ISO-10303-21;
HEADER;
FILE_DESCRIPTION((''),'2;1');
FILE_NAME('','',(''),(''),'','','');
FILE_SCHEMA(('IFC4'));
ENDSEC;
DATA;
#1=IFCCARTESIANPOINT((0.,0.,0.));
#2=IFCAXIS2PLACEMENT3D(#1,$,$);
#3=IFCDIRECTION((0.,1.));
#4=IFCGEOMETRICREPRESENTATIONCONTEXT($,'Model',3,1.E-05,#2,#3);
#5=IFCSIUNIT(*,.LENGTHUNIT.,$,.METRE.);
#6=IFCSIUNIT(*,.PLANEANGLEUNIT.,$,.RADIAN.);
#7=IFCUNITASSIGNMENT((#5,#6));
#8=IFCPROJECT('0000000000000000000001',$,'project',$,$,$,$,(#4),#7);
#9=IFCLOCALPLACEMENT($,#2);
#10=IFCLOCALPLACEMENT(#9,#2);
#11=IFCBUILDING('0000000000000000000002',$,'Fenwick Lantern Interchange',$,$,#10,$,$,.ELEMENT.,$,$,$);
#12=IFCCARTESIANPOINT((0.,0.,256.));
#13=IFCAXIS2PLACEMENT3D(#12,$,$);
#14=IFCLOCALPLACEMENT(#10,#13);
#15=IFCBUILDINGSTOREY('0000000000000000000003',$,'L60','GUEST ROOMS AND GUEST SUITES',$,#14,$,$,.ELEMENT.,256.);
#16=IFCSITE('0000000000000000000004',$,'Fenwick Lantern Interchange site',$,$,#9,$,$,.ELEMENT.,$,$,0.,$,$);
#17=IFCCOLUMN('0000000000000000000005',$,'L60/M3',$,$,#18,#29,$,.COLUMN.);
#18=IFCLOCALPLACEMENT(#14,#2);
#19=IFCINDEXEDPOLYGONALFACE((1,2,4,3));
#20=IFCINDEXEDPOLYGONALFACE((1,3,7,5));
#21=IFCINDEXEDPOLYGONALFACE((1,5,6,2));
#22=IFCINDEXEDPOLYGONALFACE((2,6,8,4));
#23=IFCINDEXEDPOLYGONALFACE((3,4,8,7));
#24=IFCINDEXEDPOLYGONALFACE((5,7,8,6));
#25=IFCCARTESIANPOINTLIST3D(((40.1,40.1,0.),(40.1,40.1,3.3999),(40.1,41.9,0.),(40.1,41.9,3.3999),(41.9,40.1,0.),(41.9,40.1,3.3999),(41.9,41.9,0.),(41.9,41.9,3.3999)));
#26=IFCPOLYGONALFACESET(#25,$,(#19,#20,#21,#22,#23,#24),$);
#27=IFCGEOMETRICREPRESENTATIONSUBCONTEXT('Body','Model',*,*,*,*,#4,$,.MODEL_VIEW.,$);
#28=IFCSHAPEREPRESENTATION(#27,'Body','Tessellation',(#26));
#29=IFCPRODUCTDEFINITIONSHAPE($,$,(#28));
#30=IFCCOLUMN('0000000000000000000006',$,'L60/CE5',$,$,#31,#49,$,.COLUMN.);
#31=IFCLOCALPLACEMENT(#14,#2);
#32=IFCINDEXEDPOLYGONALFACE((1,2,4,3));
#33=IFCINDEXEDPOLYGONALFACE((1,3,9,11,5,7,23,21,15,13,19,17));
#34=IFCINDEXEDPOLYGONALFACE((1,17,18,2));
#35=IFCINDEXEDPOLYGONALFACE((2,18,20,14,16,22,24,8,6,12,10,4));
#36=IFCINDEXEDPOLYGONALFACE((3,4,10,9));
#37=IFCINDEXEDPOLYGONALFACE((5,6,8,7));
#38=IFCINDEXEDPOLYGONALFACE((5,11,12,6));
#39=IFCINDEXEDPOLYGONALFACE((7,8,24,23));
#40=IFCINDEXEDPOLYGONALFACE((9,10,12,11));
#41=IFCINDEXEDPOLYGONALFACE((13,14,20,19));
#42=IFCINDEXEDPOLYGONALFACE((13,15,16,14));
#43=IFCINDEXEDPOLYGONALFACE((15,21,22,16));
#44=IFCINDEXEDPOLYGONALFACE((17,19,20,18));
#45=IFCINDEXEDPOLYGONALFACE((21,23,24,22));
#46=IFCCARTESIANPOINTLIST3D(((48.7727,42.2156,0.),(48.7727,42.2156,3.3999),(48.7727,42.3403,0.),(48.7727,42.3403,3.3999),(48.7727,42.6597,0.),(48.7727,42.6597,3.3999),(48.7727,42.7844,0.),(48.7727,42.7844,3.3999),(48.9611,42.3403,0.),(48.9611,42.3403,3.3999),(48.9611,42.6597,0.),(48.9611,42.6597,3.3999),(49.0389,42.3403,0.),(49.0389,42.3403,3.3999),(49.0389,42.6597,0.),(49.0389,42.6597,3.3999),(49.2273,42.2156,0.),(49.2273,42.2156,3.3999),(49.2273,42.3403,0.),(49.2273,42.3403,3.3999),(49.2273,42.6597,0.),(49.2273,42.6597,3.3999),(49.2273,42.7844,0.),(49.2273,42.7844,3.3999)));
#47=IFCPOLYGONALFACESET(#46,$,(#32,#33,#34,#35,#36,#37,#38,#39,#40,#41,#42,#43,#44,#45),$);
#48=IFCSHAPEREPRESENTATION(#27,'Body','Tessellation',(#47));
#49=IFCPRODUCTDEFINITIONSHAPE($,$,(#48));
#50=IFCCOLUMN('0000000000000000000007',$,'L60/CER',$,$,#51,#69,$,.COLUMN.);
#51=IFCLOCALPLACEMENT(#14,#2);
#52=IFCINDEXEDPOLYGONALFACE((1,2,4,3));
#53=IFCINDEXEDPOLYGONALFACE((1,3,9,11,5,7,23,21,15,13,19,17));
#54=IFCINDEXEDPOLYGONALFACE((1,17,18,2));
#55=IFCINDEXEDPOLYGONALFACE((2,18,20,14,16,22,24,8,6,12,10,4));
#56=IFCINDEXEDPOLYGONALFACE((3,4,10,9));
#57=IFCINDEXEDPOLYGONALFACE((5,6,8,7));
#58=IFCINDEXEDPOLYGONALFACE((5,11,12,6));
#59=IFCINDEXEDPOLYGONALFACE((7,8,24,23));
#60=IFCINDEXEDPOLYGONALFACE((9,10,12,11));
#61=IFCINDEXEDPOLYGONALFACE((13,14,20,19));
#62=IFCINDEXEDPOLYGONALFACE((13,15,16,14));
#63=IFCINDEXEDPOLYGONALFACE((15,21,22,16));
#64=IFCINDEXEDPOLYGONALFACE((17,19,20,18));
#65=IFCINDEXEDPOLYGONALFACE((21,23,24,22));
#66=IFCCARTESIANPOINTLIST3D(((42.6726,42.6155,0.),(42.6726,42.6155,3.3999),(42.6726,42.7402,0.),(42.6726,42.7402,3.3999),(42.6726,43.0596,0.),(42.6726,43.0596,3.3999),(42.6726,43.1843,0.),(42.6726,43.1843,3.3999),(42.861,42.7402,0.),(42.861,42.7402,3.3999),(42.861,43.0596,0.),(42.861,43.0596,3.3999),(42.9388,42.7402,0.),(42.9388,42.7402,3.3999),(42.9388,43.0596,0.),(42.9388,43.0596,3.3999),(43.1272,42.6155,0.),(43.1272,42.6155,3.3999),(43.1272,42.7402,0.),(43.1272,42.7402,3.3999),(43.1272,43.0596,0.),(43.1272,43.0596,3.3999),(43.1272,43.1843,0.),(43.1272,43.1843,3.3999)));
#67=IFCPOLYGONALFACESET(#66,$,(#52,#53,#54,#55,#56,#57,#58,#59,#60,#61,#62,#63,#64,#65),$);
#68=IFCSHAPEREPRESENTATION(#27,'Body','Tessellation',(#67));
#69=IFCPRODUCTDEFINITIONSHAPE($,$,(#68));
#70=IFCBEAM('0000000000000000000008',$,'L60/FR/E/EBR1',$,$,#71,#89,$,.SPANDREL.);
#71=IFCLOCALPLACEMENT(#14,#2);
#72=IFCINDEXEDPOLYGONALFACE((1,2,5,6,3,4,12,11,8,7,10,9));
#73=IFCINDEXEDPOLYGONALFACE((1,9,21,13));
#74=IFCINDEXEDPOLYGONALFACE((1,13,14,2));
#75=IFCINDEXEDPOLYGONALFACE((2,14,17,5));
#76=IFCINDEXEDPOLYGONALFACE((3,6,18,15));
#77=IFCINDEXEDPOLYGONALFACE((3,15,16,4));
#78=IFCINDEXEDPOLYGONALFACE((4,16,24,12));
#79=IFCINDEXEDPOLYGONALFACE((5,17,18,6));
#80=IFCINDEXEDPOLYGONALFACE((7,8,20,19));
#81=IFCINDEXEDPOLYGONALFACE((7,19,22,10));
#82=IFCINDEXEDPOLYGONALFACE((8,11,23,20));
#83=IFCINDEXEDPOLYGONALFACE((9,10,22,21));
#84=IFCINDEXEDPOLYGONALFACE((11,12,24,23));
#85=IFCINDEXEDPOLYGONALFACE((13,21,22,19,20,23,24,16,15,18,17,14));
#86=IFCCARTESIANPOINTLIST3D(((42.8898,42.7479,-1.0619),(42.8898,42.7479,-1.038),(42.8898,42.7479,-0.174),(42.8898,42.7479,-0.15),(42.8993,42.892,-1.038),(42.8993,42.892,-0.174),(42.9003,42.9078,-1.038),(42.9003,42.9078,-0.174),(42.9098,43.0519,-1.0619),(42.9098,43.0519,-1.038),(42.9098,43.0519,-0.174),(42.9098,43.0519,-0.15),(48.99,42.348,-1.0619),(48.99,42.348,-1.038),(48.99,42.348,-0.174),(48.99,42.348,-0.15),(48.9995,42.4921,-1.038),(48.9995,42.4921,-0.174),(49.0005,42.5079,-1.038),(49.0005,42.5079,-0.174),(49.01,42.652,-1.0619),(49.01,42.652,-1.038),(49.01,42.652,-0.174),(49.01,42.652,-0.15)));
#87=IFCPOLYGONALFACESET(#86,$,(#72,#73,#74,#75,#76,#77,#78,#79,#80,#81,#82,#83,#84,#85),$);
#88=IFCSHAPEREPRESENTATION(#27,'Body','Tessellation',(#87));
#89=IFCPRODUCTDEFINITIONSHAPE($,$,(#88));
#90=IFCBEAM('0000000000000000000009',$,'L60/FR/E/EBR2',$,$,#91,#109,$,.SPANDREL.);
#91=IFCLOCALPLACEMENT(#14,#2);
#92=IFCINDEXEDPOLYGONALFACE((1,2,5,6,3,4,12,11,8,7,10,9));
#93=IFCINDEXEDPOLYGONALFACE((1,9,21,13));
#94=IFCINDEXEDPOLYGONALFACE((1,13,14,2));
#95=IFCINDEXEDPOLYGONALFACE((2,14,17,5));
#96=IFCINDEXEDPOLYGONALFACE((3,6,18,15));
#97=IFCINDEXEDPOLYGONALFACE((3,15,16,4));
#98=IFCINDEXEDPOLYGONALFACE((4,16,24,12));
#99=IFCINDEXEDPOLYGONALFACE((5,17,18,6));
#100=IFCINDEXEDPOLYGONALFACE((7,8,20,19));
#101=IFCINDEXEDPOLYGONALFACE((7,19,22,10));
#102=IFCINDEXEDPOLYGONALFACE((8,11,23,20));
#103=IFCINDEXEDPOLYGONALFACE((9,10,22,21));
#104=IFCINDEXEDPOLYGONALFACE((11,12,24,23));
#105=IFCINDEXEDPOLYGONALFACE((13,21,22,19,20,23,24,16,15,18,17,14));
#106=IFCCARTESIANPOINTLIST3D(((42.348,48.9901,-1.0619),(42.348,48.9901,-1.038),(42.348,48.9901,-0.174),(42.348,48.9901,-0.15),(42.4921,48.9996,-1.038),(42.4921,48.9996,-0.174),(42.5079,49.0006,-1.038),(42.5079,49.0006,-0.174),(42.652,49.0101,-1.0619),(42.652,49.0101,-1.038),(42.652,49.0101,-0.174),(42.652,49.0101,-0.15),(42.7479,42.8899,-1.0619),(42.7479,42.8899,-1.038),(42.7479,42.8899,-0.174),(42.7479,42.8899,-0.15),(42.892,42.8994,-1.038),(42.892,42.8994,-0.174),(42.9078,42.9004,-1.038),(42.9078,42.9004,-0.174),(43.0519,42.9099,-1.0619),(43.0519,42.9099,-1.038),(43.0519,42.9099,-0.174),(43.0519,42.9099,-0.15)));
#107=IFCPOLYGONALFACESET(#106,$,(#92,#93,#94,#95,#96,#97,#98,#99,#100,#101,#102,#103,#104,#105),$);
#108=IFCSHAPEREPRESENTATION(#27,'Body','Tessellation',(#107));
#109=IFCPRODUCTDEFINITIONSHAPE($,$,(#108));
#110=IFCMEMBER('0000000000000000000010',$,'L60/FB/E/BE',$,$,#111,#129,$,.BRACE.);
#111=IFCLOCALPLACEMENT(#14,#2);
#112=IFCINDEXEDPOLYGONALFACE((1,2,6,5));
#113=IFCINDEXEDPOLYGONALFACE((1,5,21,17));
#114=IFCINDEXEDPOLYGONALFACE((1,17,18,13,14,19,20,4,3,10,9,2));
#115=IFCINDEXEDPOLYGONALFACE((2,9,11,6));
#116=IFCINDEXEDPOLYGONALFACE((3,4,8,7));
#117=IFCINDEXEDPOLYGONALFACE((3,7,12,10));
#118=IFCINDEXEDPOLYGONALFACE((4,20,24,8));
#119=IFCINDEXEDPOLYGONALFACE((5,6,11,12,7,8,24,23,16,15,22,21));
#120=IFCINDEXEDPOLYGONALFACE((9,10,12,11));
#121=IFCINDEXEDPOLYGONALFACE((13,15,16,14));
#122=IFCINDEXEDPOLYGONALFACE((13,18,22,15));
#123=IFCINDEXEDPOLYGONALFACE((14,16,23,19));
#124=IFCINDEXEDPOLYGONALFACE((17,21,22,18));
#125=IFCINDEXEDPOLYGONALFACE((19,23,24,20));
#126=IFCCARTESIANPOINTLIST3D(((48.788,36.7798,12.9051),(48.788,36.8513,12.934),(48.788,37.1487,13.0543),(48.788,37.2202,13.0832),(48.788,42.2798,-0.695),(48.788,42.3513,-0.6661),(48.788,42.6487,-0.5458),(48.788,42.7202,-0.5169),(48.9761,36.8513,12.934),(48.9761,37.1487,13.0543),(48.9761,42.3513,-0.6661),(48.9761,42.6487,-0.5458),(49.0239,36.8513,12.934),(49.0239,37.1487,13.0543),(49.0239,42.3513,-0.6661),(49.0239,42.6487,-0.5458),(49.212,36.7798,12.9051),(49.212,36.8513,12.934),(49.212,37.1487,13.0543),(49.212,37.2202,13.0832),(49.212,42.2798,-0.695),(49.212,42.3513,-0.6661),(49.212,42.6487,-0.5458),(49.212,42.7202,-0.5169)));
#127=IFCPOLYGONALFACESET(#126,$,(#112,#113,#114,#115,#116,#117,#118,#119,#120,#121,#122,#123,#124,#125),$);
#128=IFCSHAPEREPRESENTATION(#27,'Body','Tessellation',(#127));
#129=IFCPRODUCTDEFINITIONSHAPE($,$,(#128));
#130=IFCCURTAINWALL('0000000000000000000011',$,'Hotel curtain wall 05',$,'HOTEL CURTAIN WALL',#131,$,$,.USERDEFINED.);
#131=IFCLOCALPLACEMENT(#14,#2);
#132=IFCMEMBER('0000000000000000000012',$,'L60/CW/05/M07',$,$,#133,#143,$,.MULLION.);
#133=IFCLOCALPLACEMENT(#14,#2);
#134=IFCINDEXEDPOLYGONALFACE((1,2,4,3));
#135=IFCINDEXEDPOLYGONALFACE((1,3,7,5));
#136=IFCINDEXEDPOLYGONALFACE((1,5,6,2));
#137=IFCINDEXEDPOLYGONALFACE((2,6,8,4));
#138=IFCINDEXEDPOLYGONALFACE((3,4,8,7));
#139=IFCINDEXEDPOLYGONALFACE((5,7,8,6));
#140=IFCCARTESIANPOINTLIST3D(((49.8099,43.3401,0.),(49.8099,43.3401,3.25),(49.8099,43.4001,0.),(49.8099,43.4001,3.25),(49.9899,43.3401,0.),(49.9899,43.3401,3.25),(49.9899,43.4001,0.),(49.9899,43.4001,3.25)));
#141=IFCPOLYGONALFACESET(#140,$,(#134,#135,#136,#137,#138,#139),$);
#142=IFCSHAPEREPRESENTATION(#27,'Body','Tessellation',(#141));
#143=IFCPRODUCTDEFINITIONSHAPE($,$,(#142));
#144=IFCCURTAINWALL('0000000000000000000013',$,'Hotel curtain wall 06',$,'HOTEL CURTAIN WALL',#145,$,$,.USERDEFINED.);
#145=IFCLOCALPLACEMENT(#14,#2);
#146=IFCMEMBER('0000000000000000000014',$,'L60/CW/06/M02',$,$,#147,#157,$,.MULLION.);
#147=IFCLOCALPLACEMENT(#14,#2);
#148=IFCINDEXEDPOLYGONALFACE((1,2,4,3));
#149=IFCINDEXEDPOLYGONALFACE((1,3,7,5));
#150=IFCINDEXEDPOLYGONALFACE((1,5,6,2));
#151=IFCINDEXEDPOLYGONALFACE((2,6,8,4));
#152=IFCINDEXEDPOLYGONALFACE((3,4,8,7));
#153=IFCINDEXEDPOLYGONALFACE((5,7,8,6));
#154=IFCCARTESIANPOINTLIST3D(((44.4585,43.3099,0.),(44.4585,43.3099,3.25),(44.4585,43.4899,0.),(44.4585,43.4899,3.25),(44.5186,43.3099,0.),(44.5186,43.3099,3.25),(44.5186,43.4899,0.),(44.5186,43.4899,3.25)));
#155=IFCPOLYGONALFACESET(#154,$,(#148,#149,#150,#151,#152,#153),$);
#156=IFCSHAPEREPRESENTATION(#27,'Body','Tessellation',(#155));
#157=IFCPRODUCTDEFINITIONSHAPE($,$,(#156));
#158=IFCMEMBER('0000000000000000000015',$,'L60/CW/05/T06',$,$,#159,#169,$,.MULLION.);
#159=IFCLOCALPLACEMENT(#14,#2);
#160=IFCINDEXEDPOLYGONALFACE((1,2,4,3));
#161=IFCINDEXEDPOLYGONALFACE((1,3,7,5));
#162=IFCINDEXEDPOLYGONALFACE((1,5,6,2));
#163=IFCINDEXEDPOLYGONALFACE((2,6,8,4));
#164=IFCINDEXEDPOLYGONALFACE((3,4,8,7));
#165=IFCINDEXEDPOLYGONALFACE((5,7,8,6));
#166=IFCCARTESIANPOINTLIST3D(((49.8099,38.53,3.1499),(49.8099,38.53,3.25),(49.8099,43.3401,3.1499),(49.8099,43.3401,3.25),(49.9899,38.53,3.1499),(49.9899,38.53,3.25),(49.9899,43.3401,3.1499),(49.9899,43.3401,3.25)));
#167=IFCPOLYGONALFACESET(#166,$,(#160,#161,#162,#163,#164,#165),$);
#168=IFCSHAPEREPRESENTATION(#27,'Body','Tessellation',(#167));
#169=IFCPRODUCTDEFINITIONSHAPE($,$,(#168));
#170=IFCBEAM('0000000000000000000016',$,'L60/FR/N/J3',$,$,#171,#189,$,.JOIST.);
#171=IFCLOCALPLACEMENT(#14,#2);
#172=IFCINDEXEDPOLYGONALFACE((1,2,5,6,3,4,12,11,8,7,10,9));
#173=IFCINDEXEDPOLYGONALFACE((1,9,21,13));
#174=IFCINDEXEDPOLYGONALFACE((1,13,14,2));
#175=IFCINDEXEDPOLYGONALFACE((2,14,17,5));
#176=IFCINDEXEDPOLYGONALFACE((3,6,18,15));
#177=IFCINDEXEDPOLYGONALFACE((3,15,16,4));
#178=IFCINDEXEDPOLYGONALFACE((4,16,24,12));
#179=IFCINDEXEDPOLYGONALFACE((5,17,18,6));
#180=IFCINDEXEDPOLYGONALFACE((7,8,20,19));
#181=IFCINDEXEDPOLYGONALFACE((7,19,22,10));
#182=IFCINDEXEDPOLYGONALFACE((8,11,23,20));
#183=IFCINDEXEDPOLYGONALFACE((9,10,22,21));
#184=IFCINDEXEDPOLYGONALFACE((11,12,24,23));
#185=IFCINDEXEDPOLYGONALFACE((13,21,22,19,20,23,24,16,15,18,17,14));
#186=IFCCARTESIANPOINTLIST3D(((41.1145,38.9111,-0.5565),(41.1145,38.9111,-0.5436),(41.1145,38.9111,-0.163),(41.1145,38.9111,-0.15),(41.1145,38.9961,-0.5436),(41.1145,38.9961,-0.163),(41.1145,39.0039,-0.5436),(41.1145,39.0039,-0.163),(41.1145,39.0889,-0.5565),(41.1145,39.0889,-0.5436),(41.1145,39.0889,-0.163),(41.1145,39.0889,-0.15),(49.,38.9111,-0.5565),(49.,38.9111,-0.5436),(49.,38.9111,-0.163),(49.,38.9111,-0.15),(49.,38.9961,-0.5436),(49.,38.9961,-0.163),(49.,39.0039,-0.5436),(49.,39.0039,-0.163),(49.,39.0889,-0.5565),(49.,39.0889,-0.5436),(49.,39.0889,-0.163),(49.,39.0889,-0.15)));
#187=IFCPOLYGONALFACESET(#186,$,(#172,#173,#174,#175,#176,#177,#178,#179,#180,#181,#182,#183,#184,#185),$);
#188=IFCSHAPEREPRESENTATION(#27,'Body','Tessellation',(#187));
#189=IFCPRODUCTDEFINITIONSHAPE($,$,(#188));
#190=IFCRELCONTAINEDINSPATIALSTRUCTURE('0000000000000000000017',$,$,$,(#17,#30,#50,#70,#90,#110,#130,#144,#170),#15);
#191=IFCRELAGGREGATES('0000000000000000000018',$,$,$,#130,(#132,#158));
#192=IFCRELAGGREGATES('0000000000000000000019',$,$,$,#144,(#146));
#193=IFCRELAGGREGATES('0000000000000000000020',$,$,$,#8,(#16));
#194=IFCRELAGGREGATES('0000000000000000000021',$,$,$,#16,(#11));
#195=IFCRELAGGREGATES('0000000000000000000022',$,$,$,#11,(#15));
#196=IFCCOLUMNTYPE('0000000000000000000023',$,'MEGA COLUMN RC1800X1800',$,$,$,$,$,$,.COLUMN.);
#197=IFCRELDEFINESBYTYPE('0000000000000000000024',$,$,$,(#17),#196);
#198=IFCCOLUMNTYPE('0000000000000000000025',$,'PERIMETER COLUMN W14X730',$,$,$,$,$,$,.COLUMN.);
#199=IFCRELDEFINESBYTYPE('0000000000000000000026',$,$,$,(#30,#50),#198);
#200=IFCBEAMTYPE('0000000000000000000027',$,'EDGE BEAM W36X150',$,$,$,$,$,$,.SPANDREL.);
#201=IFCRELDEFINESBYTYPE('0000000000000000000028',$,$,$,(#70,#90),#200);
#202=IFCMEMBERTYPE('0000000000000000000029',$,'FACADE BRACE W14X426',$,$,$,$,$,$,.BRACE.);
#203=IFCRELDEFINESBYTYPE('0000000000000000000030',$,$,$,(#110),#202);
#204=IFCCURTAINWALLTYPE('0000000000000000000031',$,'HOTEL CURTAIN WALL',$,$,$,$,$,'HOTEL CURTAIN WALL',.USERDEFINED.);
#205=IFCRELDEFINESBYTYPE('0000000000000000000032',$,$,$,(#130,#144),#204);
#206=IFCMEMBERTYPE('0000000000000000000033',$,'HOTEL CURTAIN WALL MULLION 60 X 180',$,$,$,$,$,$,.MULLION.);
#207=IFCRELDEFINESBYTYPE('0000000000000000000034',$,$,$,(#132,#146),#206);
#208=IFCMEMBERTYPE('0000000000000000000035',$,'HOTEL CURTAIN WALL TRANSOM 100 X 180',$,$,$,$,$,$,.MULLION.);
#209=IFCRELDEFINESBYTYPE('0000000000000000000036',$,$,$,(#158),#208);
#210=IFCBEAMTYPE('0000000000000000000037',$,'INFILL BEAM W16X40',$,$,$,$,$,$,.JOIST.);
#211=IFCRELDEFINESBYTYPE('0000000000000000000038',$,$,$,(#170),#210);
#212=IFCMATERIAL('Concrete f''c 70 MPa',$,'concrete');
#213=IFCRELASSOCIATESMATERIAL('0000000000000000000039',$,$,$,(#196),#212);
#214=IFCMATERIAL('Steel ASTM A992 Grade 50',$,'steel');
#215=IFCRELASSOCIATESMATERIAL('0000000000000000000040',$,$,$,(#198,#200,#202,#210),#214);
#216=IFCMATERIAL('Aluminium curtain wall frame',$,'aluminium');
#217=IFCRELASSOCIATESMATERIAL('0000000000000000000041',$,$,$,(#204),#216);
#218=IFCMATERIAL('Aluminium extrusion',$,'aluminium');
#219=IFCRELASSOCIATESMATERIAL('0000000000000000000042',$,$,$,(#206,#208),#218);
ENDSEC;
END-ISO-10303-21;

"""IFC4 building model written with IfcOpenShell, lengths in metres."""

from ifc_helpers import new_model, si_unit, direction, frame, origin, origin_2d, place, context, subcontext, project, spatial, rectangle, i_section, extrude, material, material_profile, profile_set, type_object, element, aggregate, save


model = new_model("IFC4")

# Units and contexts
model_context = context("Model", 3, precision=1e-05, world=origin(), true_north=direction((0.0, 1.0)))
body_context = subcontext(model_context, "Body", "Model", "MODEL_VIEW")
ifc_project = project(units=[si_unit("LENGTHUNIT", "METRE"), si_unit("PLANEANGLEUNIT", "RADIAN")], contexts=[model_context])

# Site, building, storey
site_placement = place(None, origin())
site = spatial("IfcSite", under=ifc_project, at=site_placement, Name="Fenwick Lantern Interchange site", CompositionType="ELEMENT", RefElevation=0.0)
building_placement = place(site_placement, origin())
building = spatial("IfcBuilding", under=site, at=building_placement, Name="Fenwick Lantern Interchange", CompositionType="ELEMENT")
storey_placement = place(building_placement, frame((0.0, 0.0, 256.0)))
storey = spatial("IfcBuildingStorey", under=building, at=storey_placement, Name="L60", Description="GUEST ROOMS AND GUEST SUITES", CompositionType="ELEMENT", Elevation=256.0)

# Columns
ifc_material_1 = material(Name="Concrete f'c 70 MPa", Category="concrete")
ifc_material_profile_1 = material_profile(ifc_material_1, rectangle(XDim=1.8, YDim=1.8, at=origin_2d()), Name="RC1800X1800")
ifc_profile_set_1 = profile_set([ifc_material_profile_1], Name="Concrete f'c 70 MPa")
column_type_1 = type_object("IfcColumnType", Name="MEGA COLUMN RC1800X1800", PredefinedType="COLUMN", material=ifc_profile_set_1)
column_placement = place(storey_placement, frame((41.0, 41.0, 0.0), z_axis=(0.0, 0.0, 1.0), x_axis=(1.0, 0.0, 0.0)))
element("IfcColumn", 1, at=column_placement, inside=storey, type_object=column_type_1, Name="L60/M3", PredefinedType="COLUMN", context=body_context, shape_type="SweptSolid", body=[
    extrude(rectangle(XDim=1.8, YDim=1.8, at=origin_2d()), origin(), (0.0, 0.0, 1.0), 3.3999),
])
ifc_material_2 = material(Name="Steel ASTM A992 Grade 50", Category="steel")
ifc_material_profile_2 = material_profile(ifc_material_2, i_section(OverallWidth=0.4546, OverallDepth=0.5688, WebThickness=0.0779, FlangeThickness=0.1248, at=origin_2d()), Name="W14X730")
ifc_profile_set_2 = profile_set([ifc_material_profile_2], Name="Steel ASTM A992 Grade 50")
column_type_2 = type_object("IfcColumnType", Name="PERIMETER COLUMN W14X730", PredefinedType="COLUMN", material=ifc_profile_set_2)
for number, where, z_axis, x_axis, name in (
    (2, (49.0, 42.5, 0.0), (0.0, 0.0, 1.0), (1.0, 0.0, 0.0), "L60/CE5"),
    (3, (42.8999, 42.8999, 0.0), (0.0, 0.0, 1.0), (1.0, 0.0, 0.0), "L60/CER"),
):
    element("IfcColumn", number, at=place(storey_placement, frame(where, z_axis=z_axis, x_axis=x_axis)), inside=storey, type_object=column_type_2, Name=name, PredefinedType="COLUMN", context=body_context, shape_type="SweptSolid", body=[
        extrude(i_section(OverallWidth=0.4546, OverallDepth=0.5688, WebThickness=0.0779, FlangeThickness=0.1248, at=origin_2d()), origin(), (0.0, 0.0, 1.0), 3.3999),
    ])

# Beams
ifc_material_profile_3 = material_profile(ifc_material_2, i_section(OverallWidth=0.3047, OverallDepth=0.9119, WebThickness=0.0159, FlangeThickness=0.0239, at=origin_2d()), Name="W36X150")
ifc_profile_set_3 = profile_set([ifc_material_profile_3], Name="Steel ASTM A992 Grade 50")
beam_type_1 = type_object("IfcBeamType", Name="EDGE BEAM W36X150", PredefinedType="SPANDREL", material=ifc_profile_set_3)
for number, where, z_axis, x_axis, name in (
    (4, (49.0, 42.5, -0.606), (-0.997858, 0.065416, 0.0), (-0.065416, -0.997858, 0.0), "L60/FR/E/EBR1"),
    (5, (42.8999, 42.8999, -0.606), (-0.065416, 0.997858, 0.0), (-0.997858, -0.065416, 0.0), "L60/FR/E/EBR2"),
):
    element("IfcBeam", number, at=place(storey_placement, frame(where, z_axis=z_axis, x_axis=x_axis)), inside=storey, type_object=beam_type_1, Name=name, PredefinedType="SPANDREL", context=body_context, shape_type="SweptSolid", body=[
        extrude(i_section(OverallWidth=0.3047, OverallDepth=0.9119, WebThickness=0.0159, FlangeThickness=0.0239, at=origin_2d()), origin(), (0.0, 0.0, 1.0), 6.1133),
    ])

# Member
ifc_material_profile_4 = material_profile(ifc_material_2, i_section(OverallWidth=0.4241, OverallDepth=0.4751, WebThickness=0.0479, FlangeThickness=0.0771, at=origin_2d()), Name="W14X426")
ifc_profile_set_4 = profile_set([ifc_material_profile_4], Name="Steel ASTM A992 Grade 50")
member_type_1 = type_object("IfcMemberType", Name="FACADE BRACE W14X426", PredefinedType="BRACE", material=ifc_profile_set_4)
member_1_placement = place(storey_placement, frame((49.0, 42.5, -0.606), z_axis=(0.0, -0.374912, 0.927061), x_axis=(1.0, 0.0, 0.0)))
element("IfcMember", 6, at=member_1_placement, inside=storey, type_object=member_type_1, Name="L60/FB/E/BE", PredefinedType="BRACE", context=body_context, shape_type="SweptSolid", body=[
    extrude(i_section(OverallWidth=0.4241, OverallDepth=0.4751, WebThickness=0.0479, FlangeThickness=0.0771, at=origin_2d()), origin(), (0.0, 0.0, 1.0), 14.6702),
])

# Curtain walls, members
ifc_material_3 = material(Name="Aluminium curtain wall frame", Category="aluminium")
curtain_wall_type = type_object("IfcCurtainWallType", Name="HOTEL CURTAIN WALL", ElementType="HOTEL CURTAIN WALL", PredefinedType="USERDEFINED", material=ifc_material_3)
curtain_wall_1_placement = place(storey_placement, origin())
curtain_wall_1 = element("IfcCurtainWall", 7, at=curtain_wall_1_placement, inside=storey, type_object=curtain_wall_type, Name="Hotel curtain wall 05", ObjectType="HOTEL CURTAIN WALL", PredefinedType="USERDEFINED")
ifc_material_4 = material(Name="Aluminium extrusion", Category="aluminium")
ifc_material_profile_5 = material_profile(ifc_material_4, rectangle(XDim=0.1799, YDim=0.0601, at=origin_2d()), Name="HOTEL CURTAIN WALL MULLION 60 X 180")
ifc_profile_set_5 = profile_set([ifc_material_profile_5], Name="Aluminium extrusion")
member_type_2 = type_object("IfcMemberType", Name="HOTEL CURTAIN WALL MULLION 60 X 180", PredefinedType="MULLION", material=ifc_profile_set_5)
member_2_placement = place(storey_placement, frame((49.8999, 43.3701, 0.0), z_axis=(0.0, 0.0, 1.0), x_axis=(-1.0, 0.0, 0.0)))
member_2 = element("IfcMember", 8, at=member_2_placement, type_object=member_type_2, Name="L60/CW/05/M07", PredefinedType="MULLION", context=body_context, shape_type="SweptSolid", body=[
    extrude(rectangle(XDim=0.1799, YDim=0.0601, at=origin_2d()), origin(), (0.0, 0.0, 1.0), 3.25),
])
curtain_wall_2_placement = place(storey_placement, origin())
curtain_wall_2 = element("IfcCurtainWall", 9, at=curtain_wall_2_placement, inside=storey, type_object=curtain_wall_type, Name="Hotel curtain wall 06", ObjectType="HOTEL CURTAIN WALL", PredefinedType="USERDEFINED")
member_3_placement = place(storey_placement, frame((44.4885, 43.3999, 0.0), z_axis=(0.0, 0.0, 1.0), x_axis=(0.0, -1.0, 0.0)))
member_3 = element("IfcMember", 10, at=member_3_placement, type_object=member_type_2, Name="L60/CW/06/M02", PredefinedType="MULLION", context=body_context, shape_type="SweptSolid", body=[
    extrude(rectangle(XDim=0.1799, YDim=0.0601, at=origin_2d()), origin(), (0.0, 0.0, 1.0), 3.25),
])

# Member
ifc_material_profile_6 = material_profile(ifc_material_4, rectangle(XDim=0.1799, YDim=0.1001, at=origin_2d()), Name="HOTEL CURTAIN WALL TRANSOM 100 X 180")
ifc_profile_set_6 = profile_set([ifc_material_profile_6], Name="Aluminium extrusion")
member_type_3 = type_object("IfcMemberType", Name="HOTEL CURTAIN WALL TRANSOM 100 X 180", PredefinedType="MULLION", material=ifc_profile_set_6)
member_4_placement = place(storey_placement, frame((49.8999, 38.53, 3.2), z_axis=(0.0, 1.0, 0.0), x_axis=(-1.0, 0.0, 0.0)))
member_4 = element("IfcMember", 11, at=member_4_placement, type_object=member_type_3, Name="L60/CW/05/T06", PredefinedType="MULLION", context=body_context, shape_type="SweptSolid", body=[
    extrude(rectangle(XDim=0.1799, YDim=0.1001, at=origin_2d()), origin(), (0.0, 0.0, 1.0), 4.8101),
])
aggregate(curtain_wall_1, [member_2, member_4])

# Beam
ifc_material_profile_7 = material_profile(ifc_material_2, i_section(OverallWidth=0.1777, OverallDepth=0.4065, WebThickness=0.0078, FlangeThickness=0.0129, at=origin_2d()), Name="W16X40")
ifc_profile_set_7 = profile_set([ifc_material_profile_7], Name="Steel ASTM A992 Grade 50")
beam_type_2 = type_object("IfcBeamType", Name="INFILL BEAM W16X40", PredefinedType="JOIST", material=ifc_profile_set_7)
beam_1_placement = place(storey_placement, frame((49.0, 39.0, -0.3533), z_axis=(-1.0, 0.0, 0.0), x_axis=(0.0, -1.0, 0.0)))
element("IfcBeam", 12, at=beam_1_placement, inside=storey, type_object=beam_type_2, Name="L60/FR/N/J3", PredefinedType="JOIST", context=body_context, shape_type="SweptSolid", body=[
    extrude(i_section(OverallWidth=0.1777, OverallDepth=0.4065, WebThickness=0.0078, FlangeThickness=0.0129, at=origin_2d()), origin(), (0.0, 0.0, 1.0), 7.8855),
])

aggregate(curtain_wall_2, [member_3])

save(model, "model.ifc")
